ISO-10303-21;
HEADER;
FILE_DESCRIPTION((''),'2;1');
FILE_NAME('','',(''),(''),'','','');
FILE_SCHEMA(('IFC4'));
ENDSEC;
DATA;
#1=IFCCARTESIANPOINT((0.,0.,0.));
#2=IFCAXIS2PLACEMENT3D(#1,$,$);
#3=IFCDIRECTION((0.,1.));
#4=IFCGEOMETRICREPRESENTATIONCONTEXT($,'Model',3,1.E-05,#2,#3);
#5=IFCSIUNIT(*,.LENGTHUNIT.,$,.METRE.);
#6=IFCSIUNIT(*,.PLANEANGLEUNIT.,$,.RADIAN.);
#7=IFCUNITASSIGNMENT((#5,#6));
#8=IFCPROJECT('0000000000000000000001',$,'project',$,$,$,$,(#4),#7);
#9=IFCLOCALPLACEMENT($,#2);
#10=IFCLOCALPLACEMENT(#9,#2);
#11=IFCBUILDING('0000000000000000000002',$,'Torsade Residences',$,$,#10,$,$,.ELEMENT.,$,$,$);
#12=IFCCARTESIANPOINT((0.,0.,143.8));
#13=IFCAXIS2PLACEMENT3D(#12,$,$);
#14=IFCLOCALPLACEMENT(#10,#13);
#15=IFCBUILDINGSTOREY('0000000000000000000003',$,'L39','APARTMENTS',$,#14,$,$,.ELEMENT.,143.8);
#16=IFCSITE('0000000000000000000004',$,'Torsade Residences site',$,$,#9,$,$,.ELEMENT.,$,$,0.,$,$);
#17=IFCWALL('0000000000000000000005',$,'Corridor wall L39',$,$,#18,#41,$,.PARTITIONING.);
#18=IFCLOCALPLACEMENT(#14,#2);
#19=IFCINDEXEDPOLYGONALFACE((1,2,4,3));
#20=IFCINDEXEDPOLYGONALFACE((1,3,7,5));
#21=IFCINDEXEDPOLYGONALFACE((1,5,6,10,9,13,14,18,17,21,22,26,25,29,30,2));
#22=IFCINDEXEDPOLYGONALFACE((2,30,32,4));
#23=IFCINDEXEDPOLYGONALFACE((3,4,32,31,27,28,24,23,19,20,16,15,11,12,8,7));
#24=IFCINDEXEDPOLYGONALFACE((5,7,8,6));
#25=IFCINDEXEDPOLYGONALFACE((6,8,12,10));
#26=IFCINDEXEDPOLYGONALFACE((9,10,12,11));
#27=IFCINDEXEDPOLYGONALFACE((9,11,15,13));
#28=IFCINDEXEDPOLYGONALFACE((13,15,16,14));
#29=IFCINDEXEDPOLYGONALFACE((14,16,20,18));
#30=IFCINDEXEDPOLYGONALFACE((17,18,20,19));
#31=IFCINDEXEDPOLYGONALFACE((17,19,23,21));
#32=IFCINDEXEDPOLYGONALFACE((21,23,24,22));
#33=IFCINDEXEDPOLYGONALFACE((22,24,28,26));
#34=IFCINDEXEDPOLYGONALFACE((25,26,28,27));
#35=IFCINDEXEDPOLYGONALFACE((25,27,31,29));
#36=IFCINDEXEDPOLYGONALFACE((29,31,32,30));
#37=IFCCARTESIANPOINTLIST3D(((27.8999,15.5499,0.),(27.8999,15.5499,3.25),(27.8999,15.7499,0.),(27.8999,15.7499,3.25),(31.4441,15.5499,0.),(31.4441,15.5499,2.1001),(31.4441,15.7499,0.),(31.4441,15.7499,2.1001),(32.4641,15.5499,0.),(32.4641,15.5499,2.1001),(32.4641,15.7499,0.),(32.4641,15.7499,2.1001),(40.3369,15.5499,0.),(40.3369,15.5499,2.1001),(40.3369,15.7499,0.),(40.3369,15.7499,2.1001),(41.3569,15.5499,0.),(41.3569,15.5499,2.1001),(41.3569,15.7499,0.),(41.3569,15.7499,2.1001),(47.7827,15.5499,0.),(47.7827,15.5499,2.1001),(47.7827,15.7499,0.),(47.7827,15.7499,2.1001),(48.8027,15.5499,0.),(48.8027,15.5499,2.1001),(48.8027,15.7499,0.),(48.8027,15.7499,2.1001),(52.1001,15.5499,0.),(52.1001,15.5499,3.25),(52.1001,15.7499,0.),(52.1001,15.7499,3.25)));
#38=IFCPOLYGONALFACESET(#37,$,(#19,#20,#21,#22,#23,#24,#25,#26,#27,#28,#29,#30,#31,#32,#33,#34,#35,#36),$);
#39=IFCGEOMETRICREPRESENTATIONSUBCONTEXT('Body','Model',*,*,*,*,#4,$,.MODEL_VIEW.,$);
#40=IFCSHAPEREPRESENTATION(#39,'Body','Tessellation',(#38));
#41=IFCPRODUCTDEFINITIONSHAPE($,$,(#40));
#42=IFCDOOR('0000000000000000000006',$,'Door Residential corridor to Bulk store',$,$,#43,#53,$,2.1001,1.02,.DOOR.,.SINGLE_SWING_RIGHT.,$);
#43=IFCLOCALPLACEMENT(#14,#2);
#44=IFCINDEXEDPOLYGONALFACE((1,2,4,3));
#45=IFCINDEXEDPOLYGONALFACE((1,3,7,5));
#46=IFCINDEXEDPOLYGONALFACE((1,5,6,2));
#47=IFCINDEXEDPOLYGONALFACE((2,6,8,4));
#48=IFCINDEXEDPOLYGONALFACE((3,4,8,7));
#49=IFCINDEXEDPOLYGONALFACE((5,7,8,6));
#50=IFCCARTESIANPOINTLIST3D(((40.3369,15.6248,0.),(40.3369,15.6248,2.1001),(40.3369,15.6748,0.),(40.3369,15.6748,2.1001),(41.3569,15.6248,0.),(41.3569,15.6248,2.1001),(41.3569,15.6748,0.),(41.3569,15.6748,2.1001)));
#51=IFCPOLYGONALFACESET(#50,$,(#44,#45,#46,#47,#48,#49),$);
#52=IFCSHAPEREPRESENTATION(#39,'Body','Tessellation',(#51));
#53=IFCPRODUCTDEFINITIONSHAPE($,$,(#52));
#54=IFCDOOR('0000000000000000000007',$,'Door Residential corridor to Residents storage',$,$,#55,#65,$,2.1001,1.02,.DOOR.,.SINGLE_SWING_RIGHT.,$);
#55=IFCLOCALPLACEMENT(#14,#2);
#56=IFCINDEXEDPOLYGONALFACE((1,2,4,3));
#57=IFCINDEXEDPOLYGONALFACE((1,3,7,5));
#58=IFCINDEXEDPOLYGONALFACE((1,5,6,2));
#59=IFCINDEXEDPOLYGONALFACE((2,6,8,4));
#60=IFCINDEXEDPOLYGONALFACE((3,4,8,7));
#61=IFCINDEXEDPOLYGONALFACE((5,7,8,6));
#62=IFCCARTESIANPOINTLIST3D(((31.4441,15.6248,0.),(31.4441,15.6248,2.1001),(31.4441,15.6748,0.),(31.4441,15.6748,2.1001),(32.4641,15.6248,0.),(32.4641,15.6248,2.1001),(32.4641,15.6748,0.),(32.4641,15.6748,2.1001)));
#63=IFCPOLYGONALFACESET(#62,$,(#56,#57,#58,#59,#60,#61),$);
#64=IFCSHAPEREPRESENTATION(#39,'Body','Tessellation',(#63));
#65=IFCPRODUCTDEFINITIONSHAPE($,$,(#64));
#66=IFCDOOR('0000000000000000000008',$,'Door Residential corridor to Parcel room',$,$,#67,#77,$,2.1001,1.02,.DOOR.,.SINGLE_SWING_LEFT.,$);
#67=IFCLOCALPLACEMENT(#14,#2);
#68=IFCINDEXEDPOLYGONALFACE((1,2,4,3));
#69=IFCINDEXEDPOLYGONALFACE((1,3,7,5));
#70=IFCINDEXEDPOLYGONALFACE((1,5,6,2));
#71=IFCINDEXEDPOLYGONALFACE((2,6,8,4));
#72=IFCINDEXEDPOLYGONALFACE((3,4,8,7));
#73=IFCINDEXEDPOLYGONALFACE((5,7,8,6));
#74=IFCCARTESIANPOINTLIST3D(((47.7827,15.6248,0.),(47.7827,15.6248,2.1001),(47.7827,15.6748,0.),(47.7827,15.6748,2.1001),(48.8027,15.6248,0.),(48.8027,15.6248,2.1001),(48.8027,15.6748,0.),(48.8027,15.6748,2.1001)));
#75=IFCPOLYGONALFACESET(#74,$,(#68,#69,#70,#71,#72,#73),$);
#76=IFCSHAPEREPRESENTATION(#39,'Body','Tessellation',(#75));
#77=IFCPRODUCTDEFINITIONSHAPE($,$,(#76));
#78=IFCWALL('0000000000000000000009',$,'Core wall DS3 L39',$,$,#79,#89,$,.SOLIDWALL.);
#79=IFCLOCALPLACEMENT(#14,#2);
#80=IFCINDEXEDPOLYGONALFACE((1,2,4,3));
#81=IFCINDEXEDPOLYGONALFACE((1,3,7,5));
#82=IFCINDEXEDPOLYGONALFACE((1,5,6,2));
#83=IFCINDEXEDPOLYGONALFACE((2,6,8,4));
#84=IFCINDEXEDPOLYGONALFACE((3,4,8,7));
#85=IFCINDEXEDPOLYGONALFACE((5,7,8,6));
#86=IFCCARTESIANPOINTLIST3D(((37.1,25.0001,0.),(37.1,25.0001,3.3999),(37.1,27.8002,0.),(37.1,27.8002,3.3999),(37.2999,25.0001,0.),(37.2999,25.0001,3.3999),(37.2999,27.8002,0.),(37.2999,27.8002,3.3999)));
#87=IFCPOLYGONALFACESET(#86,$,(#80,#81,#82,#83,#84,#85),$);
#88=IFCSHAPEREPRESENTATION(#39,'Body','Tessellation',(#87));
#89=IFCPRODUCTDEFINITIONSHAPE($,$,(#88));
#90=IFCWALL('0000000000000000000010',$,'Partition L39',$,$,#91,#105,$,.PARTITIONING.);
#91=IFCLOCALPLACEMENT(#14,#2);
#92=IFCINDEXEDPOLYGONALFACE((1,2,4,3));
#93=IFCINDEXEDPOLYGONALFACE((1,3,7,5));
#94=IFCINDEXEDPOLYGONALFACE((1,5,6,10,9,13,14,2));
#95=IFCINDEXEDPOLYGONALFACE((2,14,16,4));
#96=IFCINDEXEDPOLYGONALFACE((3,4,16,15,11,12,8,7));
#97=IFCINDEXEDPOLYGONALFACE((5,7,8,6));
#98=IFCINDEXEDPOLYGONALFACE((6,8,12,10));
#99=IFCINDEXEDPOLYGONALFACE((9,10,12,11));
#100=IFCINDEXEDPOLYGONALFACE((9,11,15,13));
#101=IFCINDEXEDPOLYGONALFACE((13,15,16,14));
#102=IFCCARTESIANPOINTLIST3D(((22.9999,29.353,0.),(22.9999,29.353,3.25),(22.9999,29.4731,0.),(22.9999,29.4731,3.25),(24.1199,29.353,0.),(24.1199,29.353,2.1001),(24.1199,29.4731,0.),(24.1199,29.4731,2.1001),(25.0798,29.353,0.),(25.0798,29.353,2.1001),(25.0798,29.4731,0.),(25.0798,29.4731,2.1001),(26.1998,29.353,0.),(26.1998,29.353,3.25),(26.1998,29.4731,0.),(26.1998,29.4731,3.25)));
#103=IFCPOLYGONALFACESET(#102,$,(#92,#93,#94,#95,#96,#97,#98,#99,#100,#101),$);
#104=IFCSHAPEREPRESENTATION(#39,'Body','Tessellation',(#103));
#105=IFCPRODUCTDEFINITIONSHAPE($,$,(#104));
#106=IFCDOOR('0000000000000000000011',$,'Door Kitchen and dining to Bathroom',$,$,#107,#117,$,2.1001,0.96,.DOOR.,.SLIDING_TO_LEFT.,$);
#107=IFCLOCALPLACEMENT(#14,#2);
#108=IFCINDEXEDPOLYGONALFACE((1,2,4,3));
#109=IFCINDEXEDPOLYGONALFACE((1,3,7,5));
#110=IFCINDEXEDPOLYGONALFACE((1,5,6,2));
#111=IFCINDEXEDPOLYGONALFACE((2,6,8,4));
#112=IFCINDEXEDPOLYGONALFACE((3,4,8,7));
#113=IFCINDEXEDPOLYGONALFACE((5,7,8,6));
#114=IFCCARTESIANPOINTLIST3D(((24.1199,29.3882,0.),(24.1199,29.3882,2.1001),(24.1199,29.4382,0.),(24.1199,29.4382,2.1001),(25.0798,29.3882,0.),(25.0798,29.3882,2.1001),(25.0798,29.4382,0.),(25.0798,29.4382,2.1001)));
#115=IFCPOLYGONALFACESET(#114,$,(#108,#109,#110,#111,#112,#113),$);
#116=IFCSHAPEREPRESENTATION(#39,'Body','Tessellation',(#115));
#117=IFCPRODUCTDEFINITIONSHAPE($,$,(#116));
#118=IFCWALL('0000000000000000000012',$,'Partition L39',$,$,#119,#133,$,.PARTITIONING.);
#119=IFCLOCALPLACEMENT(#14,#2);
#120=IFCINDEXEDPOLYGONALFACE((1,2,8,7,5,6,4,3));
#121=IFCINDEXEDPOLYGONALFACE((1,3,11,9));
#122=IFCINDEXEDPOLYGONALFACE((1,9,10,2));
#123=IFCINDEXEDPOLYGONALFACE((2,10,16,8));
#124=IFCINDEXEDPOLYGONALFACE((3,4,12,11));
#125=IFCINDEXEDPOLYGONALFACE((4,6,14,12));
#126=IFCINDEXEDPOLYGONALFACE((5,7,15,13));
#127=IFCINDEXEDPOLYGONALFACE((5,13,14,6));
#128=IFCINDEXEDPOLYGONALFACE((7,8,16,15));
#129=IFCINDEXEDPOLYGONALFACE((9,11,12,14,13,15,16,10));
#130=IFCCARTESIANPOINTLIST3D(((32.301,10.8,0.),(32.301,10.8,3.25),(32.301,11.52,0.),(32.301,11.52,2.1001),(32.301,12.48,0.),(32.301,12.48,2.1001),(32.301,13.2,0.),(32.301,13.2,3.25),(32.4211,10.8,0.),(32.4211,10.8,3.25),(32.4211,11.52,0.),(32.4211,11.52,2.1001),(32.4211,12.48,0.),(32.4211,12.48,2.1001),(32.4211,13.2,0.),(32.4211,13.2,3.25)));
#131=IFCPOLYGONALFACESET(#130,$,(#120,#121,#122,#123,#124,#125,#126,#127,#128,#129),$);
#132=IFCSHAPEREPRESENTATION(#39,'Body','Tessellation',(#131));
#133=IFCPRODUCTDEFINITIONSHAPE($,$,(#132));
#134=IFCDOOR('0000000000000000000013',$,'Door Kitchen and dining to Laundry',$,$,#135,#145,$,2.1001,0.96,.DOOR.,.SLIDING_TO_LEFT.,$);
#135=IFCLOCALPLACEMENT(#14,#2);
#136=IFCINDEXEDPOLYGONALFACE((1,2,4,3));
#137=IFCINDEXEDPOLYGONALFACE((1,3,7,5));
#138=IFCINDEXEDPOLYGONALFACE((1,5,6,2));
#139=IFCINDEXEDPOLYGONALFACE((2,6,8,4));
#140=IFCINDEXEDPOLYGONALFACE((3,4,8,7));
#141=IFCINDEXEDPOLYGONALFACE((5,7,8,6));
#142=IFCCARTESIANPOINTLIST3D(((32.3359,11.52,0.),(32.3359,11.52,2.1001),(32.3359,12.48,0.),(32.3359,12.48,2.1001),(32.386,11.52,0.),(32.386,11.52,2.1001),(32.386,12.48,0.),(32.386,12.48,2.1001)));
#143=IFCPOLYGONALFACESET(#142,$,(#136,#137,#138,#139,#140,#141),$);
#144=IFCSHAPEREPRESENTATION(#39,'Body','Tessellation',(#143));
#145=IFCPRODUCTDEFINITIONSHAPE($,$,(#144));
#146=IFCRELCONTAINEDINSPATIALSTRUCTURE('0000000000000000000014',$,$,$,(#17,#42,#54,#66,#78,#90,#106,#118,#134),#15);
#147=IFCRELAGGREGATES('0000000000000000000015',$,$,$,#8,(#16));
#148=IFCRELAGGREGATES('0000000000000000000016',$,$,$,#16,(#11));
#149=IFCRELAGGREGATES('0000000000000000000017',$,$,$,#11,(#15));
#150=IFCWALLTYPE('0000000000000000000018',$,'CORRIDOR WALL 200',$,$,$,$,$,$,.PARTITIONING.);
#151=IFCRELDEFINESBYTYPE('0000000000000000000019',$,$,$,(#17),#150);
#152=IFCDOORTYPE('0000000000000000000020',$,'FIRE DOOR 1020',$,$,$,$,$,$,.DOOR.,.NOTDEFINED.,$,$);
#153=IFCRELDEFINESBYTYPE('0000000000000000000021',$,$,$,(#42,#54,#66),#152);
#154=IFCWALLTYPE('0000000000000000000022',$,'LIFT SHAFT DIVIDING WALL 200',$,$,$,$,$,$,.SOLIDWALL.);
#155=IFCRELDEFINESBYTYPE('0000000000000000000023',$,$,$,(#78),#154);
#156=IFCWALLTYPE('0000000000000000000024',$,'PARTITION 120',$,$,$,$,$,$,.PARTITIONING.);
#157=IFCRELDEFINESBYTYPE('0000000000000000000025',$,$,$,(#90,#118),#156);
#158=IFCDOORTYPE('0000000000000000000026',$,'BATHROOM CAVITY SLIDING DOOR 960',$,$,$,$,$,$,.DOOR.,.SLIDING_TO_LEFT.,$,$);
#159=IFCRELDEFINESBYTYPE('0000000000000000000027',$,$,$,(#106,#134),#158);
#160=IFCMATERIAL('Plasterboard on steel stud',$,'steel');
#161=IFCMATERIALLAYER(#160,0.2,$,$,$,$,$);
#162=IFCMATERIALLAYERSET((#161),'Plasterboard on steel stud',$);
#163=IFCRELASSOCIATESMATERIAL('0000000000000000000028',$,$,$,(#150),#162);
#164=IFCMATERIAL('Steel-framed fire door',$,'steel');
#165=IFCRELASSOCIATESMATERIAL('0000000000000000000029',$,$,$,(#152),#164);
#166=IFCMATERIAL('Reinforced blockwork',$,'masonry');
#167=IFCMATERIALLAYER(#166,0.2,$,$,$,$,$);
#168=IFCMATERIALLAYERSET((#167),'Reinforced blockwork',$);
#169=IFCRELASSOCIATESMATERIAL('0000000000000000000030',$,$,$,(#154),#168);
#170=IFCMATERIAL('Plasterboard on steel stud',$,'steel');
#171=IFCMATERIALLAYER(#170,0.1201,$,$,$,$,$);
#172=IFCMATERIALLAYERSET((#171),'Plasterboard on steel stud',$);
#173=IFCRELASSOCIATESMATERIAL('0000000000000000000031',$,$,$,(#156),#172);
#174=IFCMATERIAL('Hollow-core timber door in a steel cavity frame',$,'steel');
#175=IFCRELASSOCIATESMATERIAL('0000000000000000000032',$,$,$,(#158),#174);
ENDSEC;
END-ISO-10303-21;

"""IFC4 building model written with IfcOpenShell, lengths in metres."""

from ifc_helpers import new_model, si_unit, direction, frame, frame_2d, origin, place, context, subcontext, project, spatial, rectangle, extrude, material, layer, layer_set, type_object, element, fill, save


model = new_model("IFC4")

# Units and contexts
model_context = context("Model", 3, precision=1e-05, world=origin(), true_north=direction((0.0, 1.0)))
body_context = subcontext(model_context, "Body", "Model", "MODEL_VIEW")
ifc_project = project(units=[si_unit("LENGTHUNIT", "METRE"), si_unit("PLANEANGLEUNIT", "RADIAN")], contexts=[model_context])

# Site, building, storey
site_placement = place(None, origin())
site = spatial("IfcSite", under=ifc_project, at=site_placement, Name="Torsade Residences site", CompositionType="ELEMENT", RefElevation=0.0)
building_placement = place(site_placement, origin())
building = spatial("IfcBuilding", under=site, at=building_placement, Name="Torsade Residences", CompositionType="ELEMENT")
storey_placement = place(building_placement, frame((0.0, 0.0, 143.8)))
storey = spatial("IfcBuildingStorey", under=building, at=storey_placement, Name="L39", Description="APARTMENTS", CompositionType="ELEMENT", Elevation=143.8)

# Shared definitions
ifc_material_1 = material(Name="Plasterboard on steel stud", Category="steel")
ifc_layer_1 = layer(ifc_material_1, 0.2)
ifc_layer_set_1 = layer_set([ifc_layer_1], Name="Plasterboard on steel stud")
wall_type_1 = type_object("IfcWallType", Name="CORRIDOR WALL 200", PredefinedType="PARTITIONING", material=ifc_layer_set_1)

# Wall, openings, doors
wall_1_placement = place(storey_placement, frame((27.8999, 15.6499, 0.0), z_axis=(0.0, 0.0, 1.0), x_axis=(1.0, 0.0, 0.0)))
wall_1 = element("IfcWall", 1, at=wall_1_placement, inside=storey, type_object=wall_type_1, Name="Corridor wall L39", PredefinedType="PARTITIONING", context=body_context, shape_type="SweptSolid", body=[
    extrude(rectangle(XDim=24.2002, YDim=0.2, at=frame_2d((12.1001, 0.0))), origin(), (0.0, 0.0, 1.0), 3.25),
])
opening_1_placement = place(wall_1_placement, frame((12.437, 0.0, 0.0)))
opening_1 = element("IfcOpeningElement", 2, at=opening_1_placement, cuts=wall_1, PredefinedType="OPENING", context=body_context, shape_type="SweptSolid", body=[
    extrude(rectangle(XDim=1.02, YDim=2.1001, at=frame_2d((0.51, 1.05))), frame((0.0, 0.1099, 0.0), z_axis=(0.0, -1.0, 0.0), x_axis=(1.0, 0.0, 0.0)), (0.0, 0.0, 1.0), 0.22),
])
opening_2_placement = place(wall_1_placement, frame((3.5442, 0.0, 0.0)))
opening_2 = element("IfcOpeningElement", 3, at=opening_2_placement, cuts=wall_1, PredefinedType="OPENING", context=body_context, shape_type="SweptSolid", body=[
    extrude(rectangle(XDim=1.02, YDim=2.1001, at=frame_2d((0.51, 1.05))), frame((0.0, 0.1099, 0.0), z_axis=(0.0, -1.0, 0.0), x_axis=(1.0, 0.0, 0.0)), (0.0, 0.0, 1.0), 0.22),
])
opening_3_placement = place(wall_1_placement, frame((19.8828, 0.0, 0.0)))
opening_3 = element("IfcOpeningElement", 4, at=opening_3_placement, cuts=wall_1, PredefinedType="OPENING", context=body_context, shape_type="SweptSolid", body=[
    extrude(rectangle(XDim=1.02, YDim=2.1001, at=frame_2d((0.51, 1.05))), frame((0.0, 0.1099, 0.0), z_axis=(0.0, -1.0, 0.0), x_axis=(1.0, 0.0, 0.0)), (0.0, 0.0, 1.0), 0.22),
])
ifc_material_2 = material(Name="Steel-framed fire door", Category="steel")
door_type_1 = type_object("IfcDoorType", Name="FIRE DOOR 1020", OperationType="NOTDEFINED", PredefinedType="DOOR", material=ifc_material_2)
door_1_placement = place(opening_1_placement, origin())
door_1 = element("IfcDoor", 5, at=door_1_placement, inside=storey, type_object=door_type_1, Name="Door Residential corridor to Bulk store", OperationType="SINGLE_SWING_RIGHT", OverallHeight=2.1001, OverallWidth=1.02, PredefinedType="DOOR", context=body_context, shape_type="SweptSolid", body=[
    extrude(rectangle(XDim=1.02, YDim=2.1001, at=frame_2d((0.51, 1.05))), frame((0.0, 0.0249, 0.0), z_axis=(0.0, -1.0, 0.0), x_axis=(1.0, 0.0, 0.0)), (0.0, 0.0, 1.0), 0.05),
])
fill(opening_1, door_1)
door_2_placement = place(opening_2_placement, origin())
door_2 = element("IfcDoor", 6, at=door_2_placement, inside=storey, type_object=door_type_1, Name="Door Residential corridor to Residents storage", OperationType="SINGLE_SWING_RIGHT", OverallHeight=2.1001, OverallWidth=1.02, PredefinedType="DOOR", context=body_context, shape_type="SweptSolid", body=[
    extrude(rectangle(XDim=1.02, YDim=2.1001, at=frame_2d((0.51, 1.05))), frame((0.0, 0.0249, 0.0), z_axis=(0.0, -1.0, 0.0), x_axis=(1.0, 0.0, 0.0)), (0.0, 0.0, 1.0), 0.05),
])
fill(opening_2, door_2)
door_3_placement = place(opening_3_placement, origin())
door_3 = element("IfcDoor", 7, at=door_3_placement, inside=storey, type_object=door_type_1, Name="Door Residential corridor to Parcel room", OperationType="SINGLE_SWING_LEFT", OverallHeight=2.1001, OverallWidth=1.02, PredefinedType="DOOR", context=body_context, shape_type="SweptSolid", body=[
    extrude(rectangle(XDim=1.02, YDim=2.1001, at=frame_2d((0.51, 1.05))), frame((0.0, 0.0249, 0.0), z_axis=(0.0, -1.0, 0.0), x_axis=(1.0, 0.0, 0.0)), (0.0, 0.0, 1.0), 0.05),
])
fill(opening_3, door_3)

# Wall
ifc_material_3 = material(Name="Reinforced blockwork", Category="masonry")
ifc_layer_2 = layer(ifc_material_3, 0.2)
ifc_layer_set_2 = layer_set([ifc_layer_2], Name="Reinforced blockwork")
wall_type_2 = type_object("IfcWallType", Name="LIFT SHAFT DIVIDING WALL 200", PredefinedType="SOLIDWALL", material=ifc_layer_set_2)
wall_2_placement = place(storey_placement, frame((37.2, 27.8, 0.0), z_axis=(0.0, 0.0, 1.0), x_axis=(0.0, -1.0, 0.0)))
element("IfcWall", 8, at=wall_2_placement, inside=storey, type_object=wall_type_2, Name="Core wall DS3 L39", PredefinedType="SOLIDWALL", context=body_context, shape_type="SweptSolid", body=[
    extrude(rectangle(XDim=2.8, YDim=0.2, at=frame_2d((1.3999, 0.0))), origin(), (0.0, 0.0, 1.0), 3.3999),
])

# Walls, openings, doors
ifc_material_4 = material(Name="Plasterboard on steel stud", Category="steel")
ifc_layer_3 = layer(ifc_material_4, 0.1201)
ifc_layer_set_3 = layer_set([ifc_layer_3], Name="Plasterboard on steel stud")
wall_type_3 = type_object("IfcWallType", Name="PARTITION 120", PredefinedType="PARTITIONING", material=ifc_layer_set_3)
wall_3_placement = place(storey_placement, frame((26.2, 29.4131, 0.0), z_axis=(0.0, 0.0, 1.0), x_axis=(-1.0, 0.0, 0.0)))
wall_3 = element("IfcWall", 9, at=wall_3_placement, inside=storey, type_object=wall_type_3, Name="Partition L39", PredefinedType="PARTITIONING", context=body_context, shape_type="SweptSolid", body=[
    extrude(rectangle(XDim=3.2, YDim=0.1201, at=frame_2d((1.6001, 0.0))), origin(), (0.0, 0.0, 1.0), 3.25),
])
opening_4_placement = place(wall_3_placement, frame((1.1201, 0.0, 0.0)))
opening_4 = element("IfcOpeningElement", 10, at=opening_4_placement, cuts=wall_3, PredefinedType="OPENING", context=body_context, shape_type="SweptSolid", body=[
    extrude(rectangle(XDim=0.96, YDim=2.1001, at=frame_2d((0.48, 1.05))), frame((0.0, 0.0701, 0.0), z_axis=(0.0, -1.0, 0.0), x_axis=(1.0, 0.0, 0.0)), (0.0, 0.0, 1.0), 0.1401),
])
ifc_material_5 = material(Name="Hollow-core timber door in a steel cavity frame", Category="steel")
door_type_2 = type_object("IfcDoorType", Name="BATHROOM CAVITY SLIDING DOOR 960", OperationType="SLIDING_TO_LEFT", PredefinedType="DOOR", material=ifc_material_5)
door_4_placement = place(opening_4_placement, origin())
door_4 = element("IfcDoor", 11, at=door_4_placement, inside=storey, type_object=door_type_2, Name="Door Kitchen and dining to Bathroom", OperationType="SLIDING_TO_LEFT", OverallHeight=2.1001, OverallWidth=0.96, PredefinedType="DOOR", context=body_context, shape_type="SweptSolid", body=[
    extrude(rectangle(XDim=0.96, YDim=2.1001, at=frame_2d((0.48, 1.05))), frame((0.0, 0.0249, 0.0), z_axis=(0.0, -1.0, 0.0), x_axis=(1.0, 0.0, 0.0)), (0.0, 0.0, 1.0), 0.05),
])
fill(opening_4, door_4)
wall_4_placement = place(storey_placement, frame((32.3611, 13.2, 0.0), z_axis=(0.0, 0.0, 1.0), x_axis=(0.0, -1.0, 0.0)))
wall_4 = element("IfcWall", 12, at=wall_4_placement, inside=storey, type_object=wall_type_3, Name="Partition L39", PredefinedType="PARTITIONING", context=body_context, shape_type="SweptSolid", body=[
    extrude(rectangle(XDim=2.3999, YDim=0.1201, at=frame_2d((1.2, 0.0))), origin(), (0.0, 0.0, 1.0), 3.25),
])
opening_5_placement = place(wall_4_placement, frame((0.72, 0.0, 0.0)))
opening_5 = element("IfcOpeningElement", 13, at=opening_5_placement, cuts=wall_4, PredefinedType="OPENING", context=body_context, shape_type="SweptSolid", body=[
    extrude(rectangle(XDim=0.96, YDim=2.1001, at=frame_2d((0.48, 1.05))), frame((0.0, 0.0701, 0.0), z_axis=(0.0, -1.0, 0.0), x_axis=(1.0, 0.0, 0.0)), (0.0, 0.0, 1.0), 0.1401),
])
door_5_placement = place(opening_5_placement, origin())
door_5 = element("IfcDoor", 14, at=door_5_placement, inside=storey, type_object=door_type_2, Name="Door Kitchen and dining to Laundry", OperationType="SLIDING_TO_LEFT", OverallHeight=2.1001, OverallWidth=0.96, PredefinedType="DOOR", context=body_context, shape_type="SweptSolid", body=[
    extrude(rectangle(XDim=0.96, YDim=2.1001, at=frame_2d((0.48, 1.05))), frame((0.0, 0.0249, 0.0), z_axis=(0.0, -1.0, 0.0), x_axis=(1.0, 0.0, 0.0)), (0.0, 0.0, 1.0), 0.05),
])
fill(opening_5, door_5)

save(model, "model.ifc")
